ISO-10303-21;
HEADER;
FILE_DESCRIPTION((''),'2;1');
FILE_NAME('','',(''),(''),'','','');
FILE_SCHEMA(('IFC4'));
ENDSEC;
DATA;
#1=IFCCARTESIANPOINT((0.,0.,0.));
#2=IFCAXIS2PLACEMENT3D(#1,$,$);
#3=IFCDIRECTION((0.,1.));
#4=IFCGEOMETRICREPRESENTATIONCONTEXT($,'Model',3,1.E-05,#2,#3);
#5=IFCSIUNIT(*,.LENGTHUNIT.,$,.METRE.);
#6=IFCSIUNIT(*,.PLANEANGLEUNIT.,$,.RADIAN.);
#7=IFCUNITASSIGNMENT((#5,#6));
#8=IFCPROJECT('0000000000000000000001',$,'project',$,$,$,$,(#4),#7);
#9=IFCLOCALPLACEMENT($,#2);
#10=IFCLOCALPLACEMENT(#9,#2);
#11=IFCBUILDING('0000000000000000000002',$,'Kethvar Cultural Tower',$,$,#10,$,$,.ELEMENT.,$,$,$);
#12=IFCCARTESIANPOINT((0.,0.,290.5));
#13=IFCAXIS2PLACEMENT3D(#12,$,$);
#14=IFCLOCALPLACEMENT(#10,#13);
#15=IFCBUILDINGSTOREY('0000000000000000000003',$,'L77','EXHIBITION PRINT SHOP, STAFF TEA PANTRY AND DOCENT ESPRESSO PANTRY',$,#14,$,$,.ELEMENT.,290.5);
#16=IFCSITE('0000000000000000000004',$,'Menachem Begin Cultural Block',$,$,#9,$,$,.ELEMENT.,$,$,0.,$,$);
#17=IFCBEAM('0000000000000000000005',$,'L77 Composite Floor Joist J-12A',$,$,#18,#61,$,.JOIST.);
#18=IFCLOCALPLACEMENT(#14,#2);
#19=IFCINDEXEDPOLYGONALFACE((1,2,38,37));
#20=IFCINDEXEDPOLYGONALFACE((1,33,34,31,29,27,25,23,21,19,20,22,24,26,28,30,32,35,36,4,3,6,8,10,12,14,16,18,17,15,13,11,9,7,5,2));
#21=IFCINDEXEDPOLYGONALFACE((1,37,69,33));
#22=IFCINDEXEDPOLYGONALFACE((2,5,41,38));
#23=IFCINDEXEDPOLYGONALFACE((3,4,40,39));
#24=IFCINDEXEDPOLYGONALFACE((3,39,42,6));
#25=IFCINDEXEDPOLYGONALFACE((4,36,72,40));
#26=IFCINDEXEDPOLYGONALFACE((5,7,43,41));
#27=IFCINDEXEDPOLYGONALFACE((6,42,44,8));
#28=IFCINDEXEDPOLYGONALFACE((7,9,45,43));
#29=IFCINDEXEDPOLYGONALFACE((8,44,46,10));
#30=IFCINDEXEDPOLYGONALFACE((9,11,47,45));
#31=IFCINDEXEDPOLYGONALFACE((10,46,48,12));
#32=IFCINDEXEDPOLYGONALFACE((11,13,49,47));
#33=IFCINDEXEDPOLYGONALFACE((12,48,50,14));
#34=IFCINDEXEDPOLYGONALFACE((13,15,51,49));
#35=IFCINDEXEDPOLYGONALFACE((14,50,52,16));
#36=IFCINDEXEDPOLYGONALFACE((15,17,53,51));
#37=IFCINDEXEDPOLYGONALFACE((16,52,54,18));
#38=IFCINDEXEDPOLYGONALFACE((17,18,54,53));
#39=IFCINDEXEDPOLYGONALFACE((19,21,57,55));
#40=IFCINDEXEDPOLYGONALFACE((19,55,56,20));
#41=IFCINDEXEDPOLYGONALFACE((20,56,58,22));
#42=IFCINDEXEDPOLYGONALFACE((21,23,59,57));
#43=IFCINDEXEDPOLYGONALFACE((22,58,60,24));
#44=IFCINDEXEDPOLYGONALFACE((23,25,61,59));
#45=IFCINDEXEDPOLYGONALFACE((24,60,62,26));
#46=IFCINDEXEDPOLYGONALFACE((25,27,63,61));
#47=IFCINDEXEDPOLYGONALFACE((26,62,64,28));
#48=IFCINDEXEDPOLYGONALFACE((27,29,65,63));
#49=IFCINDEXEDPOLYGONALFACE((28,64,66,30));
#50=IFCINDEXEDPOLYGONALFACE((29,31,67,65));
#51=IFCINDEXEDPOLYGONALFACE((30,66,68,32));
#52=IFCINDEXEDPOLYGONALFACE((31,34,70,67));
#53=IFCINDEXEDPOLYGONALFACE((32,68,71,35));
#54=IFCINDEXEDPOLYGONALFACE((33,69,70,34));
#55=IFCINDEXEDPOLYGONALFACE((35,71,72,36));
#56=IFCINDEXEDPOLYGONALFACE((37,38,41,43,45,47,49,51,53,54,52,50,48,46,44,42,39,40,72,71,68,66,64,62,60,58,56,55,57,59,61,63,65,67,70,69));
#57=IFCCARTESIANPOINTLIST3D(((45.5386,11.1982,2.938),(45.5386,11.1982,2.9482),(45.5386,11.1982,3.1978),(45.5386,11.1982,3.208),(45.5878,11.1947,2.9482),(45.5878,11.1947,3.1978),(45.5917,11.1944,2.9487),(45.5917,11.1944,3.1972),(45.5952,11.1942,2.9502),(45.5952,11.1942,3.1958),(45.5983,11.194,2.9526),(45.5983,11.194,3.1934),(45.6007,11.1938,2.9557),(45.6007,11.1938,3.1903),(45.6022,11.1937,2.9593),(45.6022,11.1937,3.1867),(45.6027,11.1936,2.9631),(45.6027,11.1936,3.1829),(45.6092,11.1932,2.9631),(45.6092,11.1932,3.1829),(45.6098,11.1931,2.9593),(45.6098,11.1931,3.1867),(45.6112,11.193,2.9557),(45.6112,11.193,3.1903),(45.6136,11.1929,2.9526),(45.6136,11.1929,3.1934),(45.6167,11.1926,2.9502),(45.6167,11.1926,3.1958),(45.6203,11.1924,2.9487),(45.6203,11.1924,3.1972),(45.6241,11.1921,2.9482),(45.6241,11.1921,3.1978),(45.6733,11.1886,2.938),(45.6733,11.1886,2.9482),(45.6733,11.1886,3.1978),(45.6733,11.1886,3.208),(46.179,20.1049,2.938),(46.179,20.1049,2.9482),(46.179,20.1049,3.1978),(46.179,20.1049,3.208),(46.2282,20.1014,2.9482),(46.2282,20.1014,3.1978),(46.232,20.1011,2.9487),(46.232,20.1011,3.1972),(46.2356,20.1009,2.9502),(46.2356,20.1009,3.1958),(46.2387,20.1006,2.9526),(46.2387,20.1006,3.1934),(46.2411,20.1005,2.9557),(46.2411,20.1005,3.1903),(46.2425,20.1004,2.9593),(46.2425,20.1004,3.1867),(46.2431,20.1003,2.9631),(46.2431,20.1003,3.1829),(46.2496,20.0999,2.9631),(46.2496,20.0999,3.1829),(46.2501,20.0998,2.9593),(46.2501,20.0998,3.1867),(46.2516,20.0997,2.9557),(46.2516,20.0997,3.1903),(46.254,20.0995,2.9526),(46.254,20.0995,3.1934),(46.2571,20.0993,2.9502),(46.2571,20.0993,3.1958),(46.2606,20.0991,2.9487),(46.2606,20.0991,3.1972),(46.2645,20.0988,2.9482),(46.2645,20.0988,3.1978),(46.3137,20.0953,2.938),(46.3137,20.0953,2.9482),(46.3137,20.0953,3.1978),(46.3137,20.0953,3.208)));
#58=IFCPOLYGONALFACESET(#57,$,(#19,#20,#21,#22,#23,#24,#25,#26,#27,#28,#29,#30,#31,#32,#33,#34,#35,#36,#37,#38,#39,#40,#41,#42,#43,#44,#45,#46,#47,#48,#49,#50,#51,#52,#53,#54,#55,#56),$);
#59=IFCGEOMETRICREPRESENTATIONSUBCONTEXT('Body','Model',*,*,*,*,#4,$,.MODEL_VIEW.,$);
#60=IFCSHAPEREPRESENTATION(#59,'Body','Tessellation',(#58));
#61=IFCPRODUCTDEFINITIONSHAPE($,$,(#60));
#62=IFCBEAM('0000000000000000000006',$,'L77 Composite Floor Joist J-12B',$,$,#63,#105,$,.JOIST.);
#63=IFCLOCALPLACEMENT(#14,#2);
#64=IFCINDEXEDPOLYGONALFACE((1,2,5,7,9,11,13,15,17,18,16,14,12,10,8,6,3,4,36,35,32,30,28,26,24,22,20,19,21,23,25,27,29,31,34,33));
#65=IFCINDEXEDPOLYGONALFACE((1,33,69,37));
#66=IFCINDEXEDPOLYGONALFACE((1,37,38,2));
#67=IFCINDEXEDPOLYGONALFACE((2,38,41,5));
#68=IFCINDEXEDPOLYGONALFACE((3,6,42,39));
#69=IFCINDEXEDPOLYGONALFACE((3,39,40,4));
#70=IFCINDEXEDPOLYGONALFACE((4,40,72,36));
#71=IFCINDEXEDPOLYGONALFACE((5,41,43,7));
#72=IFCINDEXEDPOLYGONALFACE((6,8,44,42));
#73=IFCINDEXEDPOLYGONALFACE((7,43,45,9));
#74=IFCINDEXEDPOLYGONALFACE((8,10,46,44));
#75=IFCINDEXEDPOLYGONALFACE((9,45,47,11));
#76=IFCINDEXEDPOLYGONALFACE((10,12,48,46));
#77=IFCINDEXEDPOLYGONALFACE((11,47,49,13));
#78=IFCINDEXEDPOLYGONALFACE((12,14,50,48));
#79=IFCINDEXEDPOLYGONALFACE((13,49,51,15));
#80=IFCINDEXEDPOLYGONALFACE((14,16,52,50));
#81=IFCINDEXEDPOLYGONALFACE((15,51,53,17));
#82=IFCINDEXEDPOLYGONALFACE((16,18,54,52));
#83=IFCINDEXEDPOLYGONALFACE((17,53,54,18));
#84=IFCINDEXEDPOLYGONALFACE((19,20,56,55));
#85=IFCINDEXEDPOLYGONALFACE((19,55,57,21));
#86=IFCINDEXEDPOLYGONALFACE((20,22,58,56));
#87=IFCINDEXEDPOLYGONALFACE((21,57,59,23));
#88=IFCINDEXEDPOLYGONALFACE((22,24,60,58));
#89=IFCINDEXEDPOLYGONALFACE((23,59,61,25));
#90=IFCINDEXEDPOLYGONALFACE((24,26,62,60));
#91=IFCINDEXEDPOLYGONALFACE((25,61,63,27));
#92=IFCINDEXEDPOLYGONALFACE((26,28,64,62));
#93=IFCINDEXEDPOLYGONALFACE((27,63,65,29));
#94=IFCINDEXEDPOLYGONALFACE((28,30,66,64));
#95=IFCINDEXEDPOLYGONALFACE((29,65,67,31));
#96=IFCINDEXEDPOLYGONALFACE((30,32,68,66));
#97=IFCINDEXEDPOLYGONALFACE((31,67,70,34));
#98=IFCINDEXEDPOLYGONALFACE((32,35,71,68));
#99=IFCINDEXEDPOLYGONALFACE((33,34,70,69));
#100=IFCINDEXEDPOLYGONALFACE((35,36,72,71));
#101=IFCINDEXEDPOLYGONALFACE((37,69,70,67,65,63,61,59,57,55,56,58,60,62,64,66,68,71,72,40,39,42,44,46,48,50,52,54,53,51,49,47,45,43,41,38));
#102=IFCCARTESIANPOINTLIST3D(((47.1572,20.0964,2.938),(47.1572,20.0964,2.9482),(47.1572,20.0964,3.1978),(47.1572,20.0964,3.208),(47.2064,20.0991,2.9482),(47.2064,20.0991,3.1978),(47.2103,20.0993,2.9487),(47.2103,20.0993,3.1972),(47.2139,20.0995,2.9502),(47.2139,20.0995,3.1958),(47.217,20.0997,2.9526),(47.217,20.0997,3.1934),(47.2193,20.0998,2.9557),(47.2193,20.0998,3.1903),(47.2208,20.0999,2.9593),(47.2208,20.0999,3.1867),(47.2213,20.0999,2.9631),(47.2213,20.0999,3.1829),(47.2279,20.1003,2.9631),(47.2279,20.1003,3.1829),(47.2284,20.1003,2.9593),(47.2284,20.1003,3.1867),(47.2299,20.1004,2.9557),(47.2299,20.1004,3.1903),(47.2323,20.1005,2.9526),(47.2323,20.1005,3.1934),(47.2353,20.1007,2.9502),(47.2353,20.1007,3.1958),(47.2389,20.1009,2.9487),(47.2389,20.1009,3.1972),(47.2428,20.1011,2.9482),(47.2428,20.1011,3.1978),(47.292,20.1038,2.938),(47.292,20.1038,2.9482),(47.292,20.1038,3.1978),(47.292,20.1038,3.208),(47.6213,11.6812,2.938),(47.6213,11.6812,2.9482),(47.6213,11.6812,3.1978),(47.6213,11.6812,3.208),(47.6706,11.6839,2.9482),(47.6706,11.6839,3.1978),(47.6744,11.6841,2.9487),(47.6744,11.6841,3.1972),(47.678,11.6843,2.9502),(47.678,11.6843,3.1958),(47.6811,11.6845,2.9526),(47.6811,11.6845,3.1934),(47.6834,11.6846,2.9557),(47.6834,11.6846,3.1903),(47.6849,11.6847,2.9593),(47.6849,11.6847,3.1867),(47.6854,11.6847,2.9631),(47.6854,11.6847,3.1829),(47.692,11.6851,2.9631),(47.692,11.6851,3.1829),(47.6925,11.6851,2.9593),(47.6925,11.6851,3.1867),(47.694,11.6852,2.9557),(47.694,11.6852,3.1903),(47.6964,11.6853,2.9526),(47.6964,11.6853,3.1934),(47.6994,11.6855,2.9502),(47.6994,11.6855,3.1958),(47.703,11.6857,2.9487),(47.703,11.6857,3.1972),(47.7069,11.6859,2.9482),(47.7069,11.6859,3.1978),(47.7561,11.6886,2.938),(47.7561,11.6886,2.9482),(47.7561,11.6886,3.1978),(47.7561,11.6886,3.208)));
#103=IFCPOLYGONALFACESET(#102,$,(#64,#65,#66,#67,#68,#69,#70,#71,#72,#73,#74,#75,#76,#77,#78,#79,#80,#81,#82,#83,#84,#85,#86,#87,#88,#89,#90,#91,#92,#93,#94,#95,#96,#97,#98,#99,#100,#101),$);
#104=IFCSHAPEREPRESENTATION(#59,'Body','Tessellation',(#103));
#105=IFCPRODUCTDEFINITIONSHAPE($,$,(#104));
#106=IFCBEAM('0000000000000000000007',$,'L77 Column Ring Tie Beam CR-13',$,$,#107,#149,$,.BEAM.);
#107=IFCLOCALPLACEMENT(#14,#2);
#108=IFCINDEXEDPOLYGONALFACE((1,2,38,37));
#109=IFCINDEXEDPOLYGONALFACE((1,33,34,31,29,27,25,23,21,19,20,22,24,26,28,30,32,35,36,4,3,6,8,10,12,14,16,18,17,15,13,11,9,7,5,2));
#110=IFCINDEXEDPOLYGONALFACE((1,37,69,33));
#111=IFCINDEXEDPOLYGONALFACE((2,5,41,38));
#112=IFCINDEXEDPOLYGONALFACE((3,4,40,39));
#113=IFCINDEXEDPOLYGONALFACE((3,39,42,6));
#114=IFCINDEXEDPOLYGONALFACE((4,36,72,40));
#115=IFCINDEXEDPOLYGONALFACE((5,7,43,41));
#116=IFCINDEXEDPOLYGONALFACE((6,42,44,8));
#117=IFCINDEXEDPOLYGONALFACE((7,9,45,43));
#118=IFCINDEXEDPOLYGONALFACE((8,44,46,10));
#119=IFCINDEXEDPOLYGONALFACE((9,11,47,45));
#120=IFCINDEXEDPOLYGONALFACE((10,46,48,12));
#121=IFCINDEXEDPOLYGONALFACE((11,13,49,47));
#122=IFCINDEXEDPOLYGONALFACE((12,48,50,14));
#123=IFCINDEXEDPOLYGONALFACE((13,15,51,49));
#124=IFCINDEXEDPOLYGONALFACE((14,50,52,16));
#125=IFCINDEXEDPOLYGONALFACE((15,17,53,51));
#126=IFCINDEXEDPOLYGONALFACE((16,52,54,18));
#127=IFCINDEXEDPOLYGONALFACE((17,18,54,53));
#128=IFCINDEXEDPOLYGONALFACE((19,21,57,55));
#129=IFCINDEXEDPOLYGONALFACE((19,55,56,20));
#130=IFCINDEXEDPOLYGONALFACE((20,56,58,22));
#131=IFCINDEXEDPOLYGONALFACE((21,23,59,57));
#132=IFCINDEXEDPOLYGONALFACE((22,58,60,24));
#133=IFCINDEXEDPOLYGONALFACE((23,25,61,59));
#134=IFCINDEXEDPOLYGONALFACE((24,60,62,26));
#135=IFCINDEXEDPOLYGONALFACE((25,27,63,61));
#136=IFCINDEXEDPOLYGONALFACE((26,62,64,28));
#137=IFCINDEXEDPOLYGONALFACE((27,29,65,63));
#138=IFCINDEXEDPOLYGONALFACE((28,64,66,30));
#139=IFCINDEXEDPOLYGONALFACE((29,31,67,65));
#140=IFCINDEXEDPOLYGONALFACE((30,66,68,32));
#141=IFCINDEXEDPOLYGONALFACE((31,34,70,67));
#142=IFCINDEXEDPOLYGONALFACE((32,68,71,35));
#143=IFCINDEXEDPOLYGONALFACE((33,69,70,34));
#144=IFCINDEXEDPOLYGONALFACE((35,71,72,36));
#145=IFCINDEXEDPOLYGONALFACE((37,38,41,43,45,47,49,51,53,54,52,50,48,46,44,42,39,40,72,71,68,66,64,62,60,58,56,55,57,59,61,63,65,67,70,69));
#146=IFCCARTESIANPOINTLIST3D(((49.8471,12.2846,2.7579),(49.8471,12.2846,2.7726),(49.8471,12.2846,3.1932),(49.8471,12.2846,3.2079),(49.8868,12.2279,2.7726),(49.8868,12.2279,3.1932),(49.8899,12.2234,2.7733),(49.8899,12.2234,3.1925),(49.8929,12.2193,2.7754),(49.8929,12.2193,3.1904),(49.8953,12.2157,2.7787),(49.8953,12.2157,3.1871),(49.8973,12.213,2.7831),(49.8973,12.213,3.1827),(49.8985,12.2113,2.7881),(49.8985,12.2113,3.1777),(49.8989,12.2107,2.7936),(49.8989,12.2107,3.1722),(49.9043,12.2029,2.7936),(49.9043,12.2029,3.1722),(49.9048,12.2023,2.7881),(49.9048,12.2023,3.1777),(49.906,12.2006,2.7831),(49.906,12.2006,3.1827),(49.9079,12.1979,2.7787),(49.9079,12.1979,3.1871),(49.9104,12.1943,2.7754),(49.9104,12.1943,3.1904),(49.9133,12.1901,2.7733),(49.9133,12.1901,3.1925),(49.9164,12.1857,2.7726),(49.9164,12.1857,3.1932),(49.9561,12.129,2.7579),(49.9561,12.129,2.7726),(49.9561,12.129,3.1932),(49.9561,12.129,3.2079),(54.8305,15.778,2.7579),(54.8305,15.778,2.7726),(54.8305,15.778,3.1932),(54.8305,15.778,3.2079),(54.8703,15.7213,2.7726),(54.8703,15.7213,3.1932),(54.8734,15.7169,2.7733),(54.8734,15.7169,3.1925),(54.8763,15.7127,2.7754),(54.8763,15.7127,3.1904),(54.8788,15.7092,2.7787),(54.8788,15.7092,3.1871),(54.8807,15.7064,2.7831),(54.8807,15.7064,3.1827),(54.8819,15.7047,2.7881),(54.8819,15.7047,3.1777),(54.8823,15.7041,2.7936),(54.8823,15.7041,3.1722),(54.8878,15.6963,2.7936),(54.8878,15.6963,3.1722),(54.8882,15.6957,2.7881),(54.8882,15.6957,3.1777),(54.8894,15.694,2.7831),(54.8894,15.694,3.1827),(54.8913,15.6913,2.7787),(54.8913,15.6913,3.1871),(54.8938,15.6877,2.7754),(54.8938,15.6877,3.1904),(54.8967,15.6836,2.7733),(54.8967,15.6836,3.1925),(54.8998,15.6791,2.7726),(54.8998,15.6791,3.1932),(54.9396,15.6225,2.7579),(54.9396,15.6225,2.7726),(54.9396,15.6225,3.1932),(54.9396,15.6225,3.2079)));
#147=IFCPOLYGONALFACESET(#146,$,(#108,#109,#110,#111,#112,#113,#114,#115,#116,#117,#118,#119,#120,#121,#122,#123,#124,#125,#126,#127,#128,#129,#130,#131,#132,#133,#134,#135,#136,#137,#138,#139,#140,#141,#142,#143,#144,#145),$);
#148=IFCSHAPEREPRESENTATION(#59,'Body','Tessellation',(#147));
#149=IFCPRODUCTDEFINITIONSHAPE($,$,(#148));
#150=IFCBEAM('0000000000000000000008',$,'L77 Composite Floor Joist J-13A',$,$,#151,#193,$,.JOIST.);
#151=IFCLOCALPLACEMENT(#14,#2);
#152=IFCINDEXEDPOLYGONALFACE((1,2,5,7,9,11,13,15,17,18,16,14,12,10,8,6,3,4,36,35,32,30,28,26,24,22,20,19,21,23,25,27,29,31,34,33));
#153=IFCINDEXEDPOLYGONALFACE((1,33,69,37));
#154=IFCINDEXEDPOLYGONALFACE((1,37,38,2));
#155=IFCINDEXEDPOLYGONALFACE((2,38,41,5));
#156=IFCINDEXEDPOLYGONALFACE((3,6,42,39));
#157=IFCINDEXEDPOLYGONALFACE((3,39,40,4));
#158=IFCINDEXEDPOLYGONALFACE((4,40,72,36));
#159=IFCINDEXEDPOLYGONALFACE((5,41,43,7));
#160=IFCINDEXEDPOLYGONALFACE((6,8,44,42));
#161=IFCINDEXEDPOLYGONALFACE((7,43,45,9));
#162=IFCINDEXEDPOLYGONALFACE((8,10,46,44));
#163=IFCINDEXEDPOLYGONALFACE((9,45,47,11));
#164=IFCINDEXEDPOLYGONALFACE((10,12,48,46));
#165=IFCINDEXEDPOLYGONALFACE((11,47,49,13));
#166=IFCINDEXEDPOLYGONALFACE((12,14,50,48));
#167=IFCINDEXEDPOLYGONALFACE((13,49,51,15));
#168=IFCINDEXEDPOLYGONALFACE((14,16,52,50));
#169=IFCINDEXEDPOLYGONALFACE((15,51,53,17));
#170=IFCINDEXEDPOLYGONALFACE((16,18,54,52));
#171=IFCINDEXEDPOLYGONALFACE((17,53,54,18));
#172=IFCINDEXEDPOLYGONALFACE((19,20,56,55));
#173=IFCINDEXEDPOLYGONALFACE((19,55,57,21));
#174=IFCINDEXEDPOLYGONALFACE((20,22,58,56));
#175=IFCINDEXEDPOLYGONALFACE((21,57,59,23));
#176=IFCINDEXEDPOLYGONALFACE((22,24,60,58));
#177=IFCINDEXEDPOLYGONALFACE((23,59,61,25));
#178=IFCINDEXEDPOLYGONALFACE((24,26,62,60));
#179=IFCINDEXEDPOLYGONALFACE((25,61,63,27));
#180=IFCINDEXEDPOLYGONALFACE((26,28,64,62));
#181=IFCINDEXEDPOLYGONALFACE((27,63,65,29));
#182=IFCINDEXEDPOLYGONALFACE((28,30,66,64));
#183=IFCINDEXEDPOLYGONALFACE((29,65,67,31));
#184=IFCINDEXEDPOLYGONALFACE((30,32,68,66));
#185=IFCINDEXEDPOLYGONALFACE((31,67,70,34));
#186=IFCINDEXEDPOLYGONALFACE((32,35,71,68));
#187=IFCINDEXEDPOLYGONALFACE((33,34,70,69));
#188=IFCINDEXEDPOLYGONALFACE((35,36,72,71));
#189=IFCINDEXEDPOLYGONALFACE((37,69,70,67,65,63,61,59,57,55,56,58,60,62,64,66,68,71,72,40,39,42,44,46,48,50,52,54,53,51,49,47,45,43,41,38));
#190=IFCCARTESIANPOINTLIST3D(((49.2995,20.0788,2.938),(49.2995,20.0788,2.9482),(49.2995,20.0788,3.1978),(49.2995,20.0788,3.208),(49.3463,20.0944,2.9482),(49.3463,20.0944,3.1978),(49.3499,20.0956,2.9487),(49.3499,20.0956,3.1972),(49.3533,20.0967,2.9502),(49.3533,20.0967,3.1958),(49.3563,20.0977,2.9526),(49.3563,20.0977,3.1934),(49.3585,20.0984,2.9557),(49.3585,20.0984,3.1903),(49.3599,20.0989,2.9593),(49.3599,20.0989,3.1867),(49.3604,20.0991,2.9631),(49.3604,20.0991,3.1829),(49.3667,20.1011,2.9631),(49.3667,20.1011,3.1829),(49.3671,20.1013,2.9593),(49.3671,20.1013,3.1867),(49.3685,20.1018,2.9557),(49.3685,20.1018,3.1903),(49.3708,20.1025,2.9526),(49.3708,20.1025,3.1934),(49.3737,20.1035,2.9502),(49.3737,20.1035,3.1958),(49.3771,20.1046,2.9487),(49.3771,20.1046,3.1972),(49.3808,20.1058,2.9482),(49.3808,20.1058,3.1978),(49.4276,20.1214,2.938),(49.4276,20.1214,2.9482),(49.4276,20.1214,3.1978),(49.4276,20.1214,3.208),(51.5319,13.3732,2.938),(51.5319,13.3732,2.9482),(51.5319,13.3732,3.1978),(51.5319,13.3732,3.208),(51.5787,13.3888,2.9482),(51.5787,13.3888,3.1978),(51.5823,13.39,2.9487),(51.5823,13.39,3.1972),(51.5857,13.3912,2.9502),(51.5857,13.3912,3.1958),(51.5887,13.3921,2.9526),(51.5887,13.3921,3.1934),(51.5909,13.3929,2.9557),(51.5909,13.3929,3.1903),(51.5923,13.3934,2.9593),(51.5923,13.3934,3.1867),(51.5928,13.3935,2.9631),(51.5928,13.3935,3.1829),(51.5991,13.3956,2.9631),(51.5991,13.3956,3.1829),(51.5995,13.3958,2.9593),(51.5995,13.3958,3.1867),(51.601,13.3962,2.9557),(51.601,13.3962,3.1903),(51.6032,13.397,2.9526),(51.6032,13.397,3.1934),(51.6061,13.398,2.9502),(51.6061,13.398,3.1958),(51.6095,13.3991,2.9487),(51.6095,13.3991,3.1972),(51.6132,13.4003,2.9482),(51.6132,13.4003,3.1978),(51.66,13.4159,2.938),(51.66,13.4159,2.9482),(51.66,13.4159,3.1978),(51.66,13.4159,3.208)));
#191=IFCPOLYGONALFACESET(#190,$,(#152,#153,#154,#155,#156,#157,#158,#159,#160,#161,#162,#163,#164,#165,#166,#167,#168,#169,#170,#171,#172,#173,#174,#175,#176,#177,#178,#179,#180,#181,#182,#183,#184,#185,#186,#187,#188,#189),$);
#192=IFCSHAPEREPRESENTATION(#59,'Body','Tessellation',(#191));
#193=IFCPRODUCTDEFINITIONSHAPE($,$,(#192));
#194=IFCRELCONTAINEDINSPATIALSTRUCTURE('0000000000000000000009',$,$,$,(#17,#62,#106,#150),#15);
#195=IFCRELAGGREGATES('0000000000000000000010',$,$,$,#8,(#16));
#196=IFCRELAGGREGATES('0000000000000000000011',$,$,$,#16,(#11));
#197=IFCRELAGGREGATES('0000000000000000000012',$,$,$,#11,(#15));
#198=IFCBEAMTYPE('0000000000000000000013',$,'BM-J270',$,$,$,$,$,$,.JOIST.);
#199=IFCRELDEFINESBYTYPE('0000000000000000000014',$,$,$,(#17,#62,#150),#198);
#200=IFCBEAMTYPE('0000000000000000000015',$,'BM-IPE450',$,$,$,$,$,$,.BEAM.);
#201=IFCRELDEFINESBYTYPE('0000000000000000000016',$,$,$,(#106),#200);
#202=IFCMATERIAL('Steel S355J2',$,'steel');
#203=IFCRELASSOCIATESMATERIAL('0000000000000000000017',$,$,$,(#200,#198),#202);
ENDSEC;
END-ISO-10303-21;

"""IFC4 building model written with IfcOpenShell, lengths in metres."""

from ifc_helpers import new_model, si_unit, direction, frame, origin, origin_2d, place, context, subcontext, project, spatial, i_section, extrude, source, transform, mapped, material, material_profile, profile_set, type_object, element, save


model = new_model("IFC4")

# Units and contexts
model_context = context("Model", 3, precision=1e-05, world=origin(), true_north=direction((0.0, 1.0)))
body_context = subcontext(model_context, "Body", "Model", "MODEL_VIEW")
ifc_project = project(units=[si_unit("LENGTHUNIT", "METRE"), si_unit("PLANEANGLEUNIT", "RADIAN")], contexts=[model_context])

# Site, building, storey
site_placement = place(None, origin())
site = spatial("IfcSite", under=ifc_project, at=site_placement, Name="Menachem Begin Cultural Block", CompositionType="ELEMENT", RefElevation=0.0)
building_placement = place(site_placement, origin())
building = spatial("IfcBuilding", under=site, at=building_placement, Name="Kethvar Cultural Tower", CompositionType="ELEMENT")
storey_placement = place(building_placement, frame((0.0, 0.0, 290.5)))
storey = spatial("IfcBuildingStorey", under=building, at=storey_placement, Name="L77", Description="EXHIBITION PRINT SHOP, STAFF TEA PANTRY AND DOCENT ESPRESSO PANTRY", CompositionType="ELEMENT", Elevation=290.5)

# Shared definitions
ifc_material_1 = material(Name="Steel S355J2", Category="steel")

# Beams
ifc_material_profile_1 = material_profile(ifc_material_1, i_section(OverallWidth=0.1899, OverallDepth=0.45, WebThickness=0.0095, FlangeThickness=0.0146, FilletRadius=0.021, at=origin_2d()), Name="Steel S355J2 — IPE450")
ifc_profile_set_1 = profile_set([ifc_material_profile_1], Name="Steel S355J2 — IPE450")
beam_type_1 = type_object("IfcBeamType", Name="BM-IPE450", PredefinedType="BEAM", material=ifc_profile_set_1)
ifc_material_profile_2 = material_profile(ifc_material_1, i_section(OverallWidth=0.135, OverallDepth=0.27, WebThickness=0.0066, FlangeThickness=0.0103, FilletRadius=0.0149, at=origin_2d()), Name="Steel S355J2 — IPE270")
ifc_profile_set_2 = profile_set([ifc_material_profile_2], Name="Steel S355J2 — IPE270")
beam_type_2 = type_object("IfcBeamType", Name="BM-J270", PredefinedType="JOIST", material=ifc_profile_set_2)
shared_shape_1 = source(origin(), body_context, "Body", "SweptSolid", [
    extrude(i_section(OverallWidth=0.135, OverallDepth=0.27, WebThickness=0.0066, FlangeThickness=0.0103, FilletRadius=0.0149, at=origin_2d()), origin(), (0.0, 0.0, 1.0), 8.9297),
])
beam_1_placement = place(storey_placement, frame((46.2463, 20.1001, 3.073), z_axis=(-0.071713, -0.997425, 0.0), x_axis=(0.997425, -0.071713, 0.0)))
element("IfcBeam", 1, at=beam_1_placement, inside=storey, type_object=beam_type_2, Name="L77 Composite Floor Joist J-12A", PredefinedType="JOIST", context=body_context, shape_type="MappedRepresentation", body=[
    mapped(shared_shape_1, transform((0.0, 0.0, 0.0), scale=1.0)),
])
shared_shape_2 = source(origin(), body_context, "Body", "SweptSolid", [
    extrude(i_section(OverallWidth=0.135, OverallDepth=0.27, WebThickness=0.0066, FlangeThickness=0.0103, FilletRadius=0.0149, at=origin_2d()), origin(), (0.0, 0.0, 1.0), 8.428),
])
beam_2_placement = place(storey_placement, frame((47.2246, 20.1001, 3.073), z_axis=(0.055067, -0.998483, 0.0), x_axis=(0.998483, 0.055067, 0.0)))
element("IfcBeam", 2, at=beam_2_placement, inside=storey, type_object=beam_type_2, Name="L77 Composite Floor Joist J-12B", PredefinedType="JOIST", context=body_context, shape_type="MappedRepresentation", body=[
    mapped(shared_shape_2, transform((0.0, 0.0, 0.0), scale=1.0)),
])
shared_shape_3 = source(origin(), body_context, "Body", "SweptSolid", [
    extrude(i_section(OverallWidth=0.1899, OverallDepth=0.45, WebThickness=0.0095, FlangeThickness=0.0146, FilletRadius=0.021, at=origin_2d()), origin(), (0.0, 0.0, 1.0), 6.0859),
])
beam_3_placement = place(storey_placement, frame((49.9016, 12.2068, 2.9829), z_axis=(0.818843, 0.574017, 0.0), x_axis=(-0.574017, 0.818843, 0.0)))
element("IfcBeam", 3, at=beam_3_placement, inside=storey, type_object=beam_type_1, Name="L77 Column Ring Tie Beam CR-13", PredefinedType="BEAM", context=body_context, shape_type="MappedRepresentation", body=[
    mapped(shared_shape_3, transform((0.0, 0.0, 0.0), scale=1.0)),
])
shared_shape_4 = source(origin(), body_context, "Body", "SweptSolid", [
    extrude(i_section(OverallWidth=0.135, OverallDepth=0.27, WebThickness=0.0066, FlangeThickness=0.0103, FilletRadius=0.0149, at=origin_2d()), origin(), (0.0, 0.0, 1.0), 7.0674),
])
beam_4_placement = place(storey_placement, frame((49.3635, 20.1001, 3.073), z_axis=(0.315875, -0.948801, 0.0), x_axis=(0.948801, 0.315875, 0.0)))
element("IfcBeam", 4, at=beam_4_placement, inside=storey, type_object=beam_type_2, Name="L77 Composite Floor Joist J-13A", PredefinedType="JOIST", context=body_context, shape_type="MappedRepresentation", body=[
    mapped(shared_shape_4, transform((0.0, 0.0, 0.0), scale=1.0)),
])

save(model, "model.ifc")
